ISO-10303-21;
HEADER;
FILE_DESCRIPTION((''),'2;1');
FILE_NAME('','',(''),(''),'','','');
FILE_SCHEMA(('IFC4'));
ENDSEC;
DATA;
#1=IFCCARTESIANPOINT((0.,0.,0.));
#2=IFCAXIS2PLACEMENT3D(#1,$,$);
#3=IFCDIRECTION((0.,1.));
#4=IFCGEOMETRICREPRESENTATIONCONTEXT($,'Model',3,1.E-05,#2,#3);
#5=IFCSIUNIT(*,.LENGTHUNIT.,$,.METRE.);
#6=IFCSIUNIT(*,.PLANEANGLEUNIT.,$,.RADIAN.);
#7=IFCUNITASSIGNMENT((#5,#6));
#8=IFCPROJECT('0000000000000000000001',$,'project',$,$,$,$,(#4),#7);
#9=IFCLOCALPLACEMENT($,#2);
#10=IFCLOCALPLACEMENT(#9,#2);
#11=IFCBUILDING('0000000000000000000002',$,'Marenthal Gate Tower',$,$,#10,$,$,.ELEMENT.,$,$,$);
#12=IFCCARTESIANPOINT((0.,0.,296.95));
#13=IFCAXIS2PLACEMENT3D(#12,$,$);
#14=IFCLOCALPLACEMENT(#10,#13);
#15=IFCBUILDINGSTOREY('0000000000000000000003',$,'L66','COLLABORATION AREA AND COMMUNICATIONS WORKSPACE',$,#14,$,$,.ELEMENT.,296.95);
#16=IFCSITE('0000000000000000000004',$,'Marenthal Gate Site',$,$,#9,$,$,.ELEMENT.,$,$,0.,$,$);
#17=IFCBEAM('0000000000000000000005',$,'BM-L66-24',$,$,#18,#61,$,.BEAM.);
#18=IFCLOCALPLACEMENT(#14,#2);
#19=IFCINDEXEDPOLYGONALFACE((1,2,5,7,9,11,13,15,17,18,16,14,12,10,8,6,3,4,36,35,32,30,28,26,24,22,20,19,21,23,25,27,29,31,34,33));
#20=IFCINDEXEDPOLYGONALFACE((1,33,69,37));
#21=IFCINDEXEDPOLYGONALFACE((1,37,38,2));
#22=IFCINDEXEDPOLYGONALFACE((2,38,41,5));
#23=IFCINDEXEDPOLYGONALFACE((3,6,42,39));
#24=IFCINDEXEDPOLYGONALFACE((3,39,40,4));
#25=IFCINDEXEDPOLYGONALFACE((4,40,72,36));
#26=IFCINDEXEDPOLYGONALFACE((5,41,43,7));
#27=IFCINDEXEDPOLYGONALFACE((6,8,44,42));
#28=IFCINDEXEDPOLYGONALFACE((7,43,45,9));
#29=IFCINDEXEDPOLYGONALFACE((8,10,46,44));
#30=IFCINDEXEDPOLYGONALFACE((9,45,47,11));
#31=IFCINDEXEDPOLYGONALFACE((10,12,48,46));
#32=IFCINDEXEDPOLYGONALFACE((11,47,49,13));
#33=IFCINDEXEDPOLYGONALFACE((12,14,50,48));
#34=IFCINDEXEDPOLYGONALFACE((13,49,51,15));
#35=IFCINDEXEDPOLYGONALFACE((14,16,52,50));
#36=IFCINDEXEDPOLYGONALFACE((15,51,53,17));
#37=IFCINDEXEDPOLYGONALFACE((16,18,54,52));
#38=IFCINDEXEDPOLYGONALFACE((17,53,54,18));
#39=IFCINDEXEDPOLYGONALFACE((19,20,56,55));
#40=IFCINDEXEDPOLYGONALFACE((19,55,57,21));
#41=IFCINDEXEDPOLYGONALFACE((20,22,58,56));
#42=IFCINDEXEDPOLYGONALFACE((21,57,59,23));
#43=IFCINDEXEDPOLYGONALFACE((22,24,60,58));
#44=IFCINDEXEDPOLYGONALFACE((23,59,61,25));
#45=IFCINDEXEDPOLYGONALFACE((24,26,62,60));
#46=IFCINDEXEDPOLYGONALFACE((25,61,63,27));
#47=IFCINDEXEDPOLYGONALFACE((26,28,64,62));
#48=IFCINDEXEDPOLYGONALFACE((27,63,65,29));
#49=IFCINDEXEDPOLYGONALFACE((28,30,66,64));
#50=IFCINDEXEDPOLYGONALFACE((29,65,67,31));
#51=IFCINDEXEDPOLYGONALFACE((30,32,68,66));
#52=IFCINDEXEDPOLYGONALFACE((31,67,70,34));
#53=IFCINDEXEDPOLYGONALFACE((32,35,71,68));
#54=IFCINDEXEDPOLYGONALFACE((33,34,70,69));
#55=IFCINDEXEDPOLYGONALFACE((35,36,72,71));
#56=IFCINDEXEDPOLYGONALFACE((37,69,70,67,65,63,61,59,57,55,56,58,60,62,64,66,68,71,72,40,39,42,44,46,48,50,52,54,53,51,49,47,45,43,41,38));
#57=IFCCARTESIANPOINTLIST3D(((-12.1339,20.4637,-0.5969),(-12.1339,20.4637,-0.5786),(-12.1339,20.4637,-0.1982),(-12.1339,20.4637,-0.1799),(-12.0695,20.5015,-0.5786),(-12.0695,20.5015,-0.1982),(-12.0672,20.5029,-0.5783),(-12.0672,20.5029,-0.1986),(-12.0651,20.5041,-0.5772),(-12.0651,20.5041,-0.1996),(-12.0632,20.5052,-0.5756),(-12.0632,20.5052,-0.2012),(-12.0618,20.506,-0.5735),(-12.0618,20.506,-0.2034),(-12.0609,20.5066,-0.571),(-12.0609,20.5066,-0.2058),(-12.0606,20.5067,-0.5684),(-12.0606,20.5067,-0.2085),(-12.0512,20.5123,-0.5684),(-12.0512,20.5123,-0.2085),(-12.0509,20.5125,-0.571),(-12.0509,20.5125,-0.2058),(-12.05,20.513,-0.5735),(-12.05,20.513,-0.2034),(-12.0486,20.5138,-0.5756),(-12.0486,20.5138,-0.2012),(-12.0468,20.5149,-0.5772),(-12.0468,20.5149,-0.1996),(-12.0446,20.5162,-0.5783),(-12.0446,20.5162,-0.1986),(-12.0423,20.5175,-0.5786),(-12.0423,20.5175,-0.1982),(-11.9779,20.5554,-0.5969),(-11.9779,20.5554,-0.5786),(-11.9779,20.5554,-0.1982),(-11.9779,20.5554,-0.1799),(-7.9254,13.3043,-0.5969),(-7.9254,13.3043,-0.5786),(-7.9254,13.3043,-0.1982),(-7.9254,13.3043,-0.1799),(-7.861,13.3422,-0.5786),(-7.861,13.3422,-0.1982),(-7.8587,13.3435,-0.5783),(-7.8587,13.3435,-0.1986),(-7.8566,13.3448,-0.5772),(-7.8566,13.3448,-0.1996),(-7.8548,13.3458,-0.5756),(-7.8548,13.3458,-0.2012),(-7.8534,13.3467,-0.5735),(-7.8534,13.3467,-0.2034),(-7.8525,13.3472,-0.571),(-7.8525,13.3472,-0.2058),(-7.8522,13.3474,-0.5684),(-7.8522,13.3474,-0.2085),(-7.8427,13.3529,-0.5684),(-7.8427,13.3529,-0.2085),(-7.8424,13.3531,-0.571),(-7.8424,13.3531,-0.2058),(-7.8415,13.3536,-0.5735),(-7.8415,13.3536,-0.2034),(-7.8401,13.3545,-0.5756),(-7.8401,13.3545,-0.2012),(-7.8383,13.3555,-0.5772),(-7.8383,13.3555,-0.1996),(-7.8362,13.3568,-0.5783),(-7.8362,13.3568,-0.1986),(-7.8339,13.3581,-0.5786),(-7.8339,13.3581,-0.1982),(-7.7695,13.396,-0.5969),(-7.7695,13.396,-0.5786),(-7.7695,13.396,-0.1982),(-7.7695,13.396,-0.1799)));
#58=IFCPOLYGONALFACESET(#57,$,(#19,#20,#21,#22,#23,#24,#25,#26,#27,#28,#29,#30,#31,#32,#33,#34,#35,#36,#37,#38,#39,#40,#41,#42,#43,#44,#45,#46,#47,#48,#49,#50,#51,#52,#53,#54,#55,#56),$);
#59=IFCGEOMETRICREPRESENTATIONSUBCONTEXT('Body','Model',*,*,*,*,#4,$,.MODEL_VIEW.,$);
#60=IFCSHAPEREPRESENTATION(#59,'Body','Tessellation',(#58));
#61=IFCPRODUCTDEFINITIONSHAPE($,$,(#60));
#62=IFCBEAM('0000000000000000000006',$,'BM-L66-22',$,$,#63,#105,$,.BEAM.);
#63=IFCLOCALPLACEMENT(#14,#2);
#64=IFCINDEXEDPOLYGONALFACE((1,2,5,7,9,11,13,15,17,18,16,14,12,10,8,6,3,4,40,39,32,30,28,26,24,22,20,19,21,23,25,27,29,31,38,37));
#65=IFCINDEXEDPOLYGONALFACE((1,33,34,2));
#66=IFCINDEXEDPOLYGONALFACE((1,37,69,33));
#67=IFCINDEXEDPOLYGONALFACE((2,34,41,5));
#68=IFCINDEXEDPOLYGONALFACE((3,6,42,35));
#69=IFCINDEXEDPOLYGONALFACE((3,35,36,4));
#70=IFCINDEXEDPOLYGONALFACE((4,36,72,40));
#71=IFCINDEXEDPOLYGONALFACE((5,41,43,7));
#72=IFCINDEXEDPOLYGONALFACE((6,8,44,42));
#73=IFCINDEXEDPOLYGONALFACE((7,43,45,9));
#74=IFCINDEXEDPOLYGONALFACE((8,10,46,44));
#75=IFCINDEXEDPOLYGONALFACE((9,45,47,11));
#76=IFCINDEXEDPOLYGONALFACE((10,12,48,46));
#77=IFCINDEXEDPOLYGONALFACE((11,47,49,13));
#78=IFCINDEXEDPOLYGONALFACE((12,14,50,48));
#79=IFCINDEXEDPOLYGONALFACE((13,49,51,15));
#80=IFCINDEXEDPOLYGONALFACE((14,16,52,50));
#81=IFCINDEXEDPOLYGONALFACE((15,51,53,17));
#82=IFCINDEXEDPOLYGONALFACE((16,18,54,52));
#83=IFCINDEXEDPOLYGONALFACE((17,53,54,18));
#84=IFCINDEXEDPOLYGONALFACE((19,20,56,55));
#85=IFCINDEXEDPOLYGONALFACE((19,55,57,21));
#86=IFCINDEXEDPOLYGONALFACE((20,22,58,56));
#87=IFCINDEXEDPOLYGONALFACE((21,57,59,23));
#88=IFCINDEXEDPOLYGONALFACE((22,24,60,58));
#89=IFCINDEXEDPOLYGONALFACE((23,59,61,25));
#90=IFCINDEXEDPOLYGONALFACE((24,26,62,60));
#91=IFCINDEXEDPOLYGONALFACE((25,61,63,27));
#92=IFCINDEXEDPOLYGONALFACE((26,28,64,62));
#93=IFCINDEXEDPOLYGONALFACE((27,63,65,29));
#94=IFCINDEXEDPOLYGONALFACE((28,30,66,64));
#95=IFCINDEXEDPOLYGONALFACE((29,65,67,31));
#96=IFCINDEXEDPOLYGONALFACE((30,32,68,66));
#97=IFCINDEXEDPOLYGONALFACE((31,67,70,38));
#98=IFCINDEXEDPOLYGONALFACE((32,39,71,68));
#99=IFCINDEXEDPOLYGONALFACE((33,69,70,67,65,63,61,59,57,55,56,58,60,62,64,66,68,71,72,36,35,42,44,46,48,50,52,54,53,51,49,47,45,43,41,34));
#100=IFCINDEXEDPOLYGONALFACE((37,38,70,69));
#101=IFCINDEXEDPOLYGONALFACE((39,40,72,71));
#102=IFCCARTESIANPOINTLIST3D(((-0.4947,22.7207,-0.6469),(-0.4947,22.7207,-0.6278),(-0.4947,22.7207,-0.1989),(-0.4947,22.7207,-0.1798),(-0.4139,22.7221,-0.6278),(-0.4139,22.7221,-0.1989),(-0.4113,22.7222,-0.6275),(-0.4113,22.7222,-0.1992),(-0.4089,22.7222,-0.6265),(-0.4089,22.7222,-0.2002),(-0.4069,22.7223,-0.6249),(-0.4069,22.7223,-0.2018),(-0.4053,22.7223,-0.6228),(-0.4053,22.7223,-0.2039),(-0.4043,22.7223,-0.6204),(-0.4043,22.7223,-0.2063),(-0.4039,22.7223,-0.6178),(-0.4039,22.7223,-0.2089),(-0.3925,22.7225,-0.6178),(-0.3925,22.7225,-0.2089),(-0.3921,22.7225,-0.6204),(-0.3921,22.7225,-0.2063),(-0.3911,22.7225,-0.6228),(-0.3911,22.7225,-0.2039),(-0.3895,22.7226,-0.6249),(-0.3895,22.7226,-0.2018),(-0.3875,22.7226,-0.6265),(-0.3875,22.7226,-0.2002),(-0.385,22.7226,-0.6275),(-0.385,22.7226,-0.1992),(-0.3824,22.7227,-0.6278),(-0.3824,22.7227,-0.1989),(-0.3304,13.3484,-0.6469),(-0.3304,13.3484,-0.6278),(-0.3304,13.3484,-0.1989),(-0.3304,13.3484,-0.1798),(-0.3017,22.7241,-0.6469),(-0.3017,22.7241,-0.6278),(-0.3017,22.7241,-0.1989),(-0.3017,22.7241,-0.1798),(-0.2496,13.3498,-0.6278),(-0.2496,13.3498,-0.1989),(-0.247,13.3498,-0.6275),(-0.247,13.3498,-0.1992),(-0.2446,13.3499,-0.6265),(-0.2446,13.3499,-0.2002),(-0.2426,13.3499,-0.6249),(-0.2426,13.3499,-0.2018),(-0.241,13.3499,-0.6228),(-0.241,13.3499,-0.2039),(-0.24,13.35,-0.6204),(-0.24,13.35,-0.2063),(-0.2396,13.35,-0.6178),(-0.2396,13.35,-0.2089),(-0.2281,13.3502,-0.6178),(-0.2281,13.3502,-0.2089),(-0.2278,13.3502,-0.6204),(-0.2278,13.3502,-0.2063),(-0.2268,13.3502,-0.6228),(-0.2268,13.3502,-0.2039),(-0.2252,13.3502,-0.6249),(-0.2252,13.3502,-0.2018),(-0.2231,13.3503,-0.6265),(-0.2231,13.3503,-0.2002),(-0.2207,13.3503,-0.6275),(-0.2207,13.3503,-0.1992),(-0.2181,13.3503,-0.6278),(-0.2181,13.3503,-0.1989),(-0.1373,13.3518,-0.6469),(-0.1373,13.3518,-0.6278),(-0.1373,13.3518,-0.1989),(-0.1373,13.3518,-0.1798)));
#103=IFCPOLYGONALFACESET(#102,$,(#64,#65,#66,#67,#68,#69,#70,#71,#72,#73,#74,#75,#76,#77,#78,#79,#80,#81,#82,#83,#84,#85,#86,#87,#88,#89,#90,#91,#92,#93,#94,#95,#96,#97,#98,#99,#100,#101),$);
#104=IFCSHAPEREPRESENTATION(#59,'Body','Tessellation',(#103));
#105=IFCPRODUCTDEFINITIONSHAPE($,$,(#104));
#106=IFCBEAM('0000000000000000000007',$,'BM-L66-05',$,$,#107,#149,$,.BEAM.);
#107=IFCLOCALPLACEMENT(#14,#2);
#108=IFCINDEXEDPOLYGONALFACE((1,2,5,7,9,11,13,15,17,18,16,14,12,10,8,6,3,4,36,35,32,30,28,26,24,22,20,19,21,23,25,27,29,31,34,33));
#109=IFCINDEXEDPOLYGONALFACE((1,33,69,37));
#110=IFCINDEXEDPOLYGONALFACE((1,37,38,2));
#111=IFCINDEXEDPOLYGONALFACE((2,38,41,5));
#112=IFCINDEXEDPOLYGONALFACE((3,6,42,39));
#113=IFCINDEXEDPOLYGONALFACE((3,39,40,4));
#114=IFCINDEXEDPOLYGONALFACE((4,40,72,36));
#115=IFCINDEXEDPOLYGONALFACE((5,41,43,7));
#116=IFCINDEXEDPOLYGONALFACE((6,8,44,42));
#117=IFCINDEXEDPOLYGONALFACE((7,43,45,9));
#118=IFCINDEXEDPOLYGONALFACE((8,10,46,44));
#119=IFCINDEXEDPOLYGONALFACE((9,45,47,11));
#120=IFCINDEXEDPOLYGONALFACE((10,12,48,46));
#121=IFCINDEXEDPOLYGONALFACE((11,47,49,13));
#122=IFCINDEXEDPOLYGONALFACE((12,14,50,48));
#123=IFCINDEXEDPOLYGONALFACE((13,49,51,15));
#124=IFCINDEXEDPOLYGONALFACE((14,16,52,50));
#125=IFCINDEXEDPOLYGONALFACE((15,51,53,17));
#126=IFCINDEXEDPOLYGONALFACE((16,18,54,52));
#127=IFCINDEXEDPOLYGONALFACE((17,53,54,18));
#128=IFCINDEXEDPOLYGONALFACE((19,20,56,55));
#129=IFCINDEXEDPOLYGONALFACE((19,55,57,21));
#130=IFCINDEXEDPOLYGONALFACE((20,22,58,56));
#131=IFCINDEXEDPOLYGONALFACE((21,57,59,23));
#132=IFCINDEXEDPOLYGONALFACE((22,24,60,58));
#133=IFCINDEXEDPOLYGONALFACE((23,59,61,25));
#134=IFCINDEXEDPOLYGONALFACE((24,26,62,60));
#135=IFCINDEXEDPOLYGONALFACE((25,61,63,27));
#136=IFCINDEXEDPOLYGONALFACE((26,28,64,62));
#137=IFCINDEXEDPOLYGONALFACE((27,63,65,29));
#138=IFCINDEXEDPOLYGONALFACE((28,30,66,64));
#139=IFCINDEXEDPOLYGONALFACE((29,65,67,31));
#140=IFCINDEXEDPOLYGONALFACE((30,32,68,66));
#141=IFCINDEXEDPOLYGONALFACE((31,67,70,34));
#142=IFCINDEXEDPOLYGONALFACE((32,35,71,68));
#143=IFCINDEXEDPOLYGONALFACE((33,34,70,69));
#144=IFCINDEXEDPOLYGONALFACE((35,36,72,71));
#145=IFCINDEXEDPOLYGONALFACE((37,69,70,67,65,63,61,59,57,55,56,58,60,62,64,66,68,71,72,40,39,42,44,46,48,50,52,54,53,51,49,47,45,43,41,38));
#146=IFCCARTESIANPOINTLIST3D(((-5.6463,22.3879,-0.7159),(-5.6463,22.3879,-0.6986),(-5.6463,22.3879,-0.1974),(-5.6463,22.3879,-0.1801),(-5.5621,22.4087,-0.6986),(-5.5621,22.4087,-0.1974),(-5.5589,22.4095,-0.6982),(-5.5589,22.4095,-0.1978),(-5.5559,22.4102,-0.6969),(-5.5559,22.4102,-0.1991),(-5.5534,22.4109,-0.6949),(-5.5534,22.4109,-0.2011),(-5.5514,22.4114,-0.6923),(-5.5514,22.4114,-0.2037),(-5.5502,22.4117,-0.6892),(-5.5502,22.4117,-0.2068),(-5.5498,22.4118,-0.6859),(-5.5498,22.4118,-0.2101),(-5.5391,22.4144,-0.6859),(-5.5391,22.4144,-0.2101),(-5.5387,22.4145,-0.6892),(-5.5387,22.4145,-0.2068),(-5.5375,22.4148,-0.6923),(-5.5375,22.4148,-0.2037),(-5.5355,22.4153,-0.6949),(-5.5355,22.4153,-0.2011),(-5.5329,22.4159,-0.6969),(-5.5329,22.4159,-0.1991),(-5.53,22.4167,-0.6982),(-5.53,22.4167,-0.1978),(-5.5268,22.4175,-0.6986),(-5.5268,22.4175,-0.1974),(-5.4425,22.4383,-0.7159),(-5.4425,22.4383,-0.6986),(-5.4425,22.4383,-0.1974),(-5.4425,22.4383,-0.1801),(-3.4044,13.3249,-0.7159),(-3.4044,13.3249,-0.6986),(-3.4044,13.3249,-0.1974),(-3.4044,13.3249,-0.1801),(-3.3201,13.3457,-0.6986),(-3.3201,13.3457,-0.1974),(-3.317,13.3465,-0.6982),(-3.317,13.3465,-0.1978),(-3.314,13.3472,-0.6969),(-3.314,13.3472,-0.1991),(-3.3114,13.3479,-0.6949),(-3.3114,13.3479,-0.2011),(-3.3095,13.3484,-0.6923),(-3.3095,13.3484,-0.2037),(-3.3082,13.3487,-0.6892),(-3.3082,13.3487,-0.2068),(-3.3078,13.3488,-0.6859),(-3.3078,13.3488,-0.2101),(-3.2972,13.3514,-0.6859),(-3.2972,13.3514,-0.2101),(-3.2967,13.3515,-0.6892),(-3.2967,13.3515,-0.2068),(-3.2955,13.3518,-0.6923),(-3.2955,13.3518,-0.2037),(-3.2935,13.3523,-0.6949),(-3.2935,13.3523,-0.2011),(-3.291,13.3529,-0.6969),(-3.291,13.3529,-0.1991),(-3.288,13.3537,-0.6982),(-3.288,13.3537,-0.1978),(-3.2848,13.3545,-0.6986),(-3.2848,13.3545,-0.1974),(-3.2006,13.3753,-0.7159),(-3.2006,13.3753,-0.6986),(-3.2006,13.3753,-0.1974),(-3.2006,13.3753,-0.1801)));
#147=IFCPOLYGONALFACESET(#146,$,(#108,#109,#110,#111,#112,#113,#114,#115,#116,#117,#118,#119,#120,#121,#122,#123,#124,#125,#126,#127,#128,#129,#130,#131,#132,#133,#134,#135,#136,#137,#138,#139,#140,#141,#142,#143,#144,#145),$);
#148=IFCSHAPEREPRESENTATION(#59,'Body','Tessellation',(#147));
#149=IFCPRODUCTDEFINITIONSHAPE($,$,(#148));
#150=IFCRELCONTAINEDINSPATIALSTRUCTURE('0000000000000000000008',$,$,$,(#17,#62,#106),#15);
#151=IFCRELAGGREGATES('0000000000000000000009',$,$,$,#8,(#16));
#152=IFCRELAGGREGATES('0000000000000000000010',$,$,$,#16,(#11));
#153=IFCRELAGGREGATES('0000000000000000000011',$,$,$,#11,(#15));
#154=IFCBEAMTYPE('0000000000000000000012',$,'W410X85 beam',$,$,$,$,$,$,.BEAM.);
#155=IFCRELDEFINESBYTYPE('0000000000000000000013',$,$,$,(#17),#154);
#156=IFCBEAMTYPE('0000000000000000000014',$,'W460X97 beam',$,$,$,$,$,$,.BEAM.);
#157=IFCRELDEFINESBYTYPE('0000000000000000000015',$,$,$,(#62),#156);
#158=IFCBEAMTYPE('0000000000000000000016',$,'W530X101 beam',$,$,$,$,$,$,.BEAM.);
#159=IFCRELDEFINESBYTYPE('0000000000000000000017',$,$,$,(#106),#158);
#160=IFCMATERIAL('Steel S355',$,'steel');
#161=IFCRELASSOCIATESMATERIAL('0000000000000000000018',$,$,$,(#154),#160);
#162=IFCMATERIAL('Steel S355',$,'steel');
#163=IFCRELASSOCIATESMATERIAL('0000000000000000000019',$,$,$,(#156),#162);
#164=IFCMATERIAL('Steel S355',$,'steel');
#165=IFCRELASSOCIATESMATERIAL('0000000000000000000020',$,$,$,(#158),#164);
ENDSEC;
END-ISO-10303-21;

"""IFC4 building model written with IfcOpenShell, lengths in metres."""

from ifc_helpers import new_model, si_unit, direction, frame, origin, origin_2d, place, context, subcontext, project, spatial, i_section, extrude, material, material_profile, profile_set, type_object, element, save


model = new_model("IFC4")

# Units and contexts
model_context = context("Model", 3, precision=1e-05, world=origin(), true_north=direction((0.0, 1.0)))
body_context = subcontext(model_context, "Body", "Model", "MODEL_VIEW")
ifc_project = project(units=[si_unit("LENGTHUNIT", "METRE"), si_unit("PLANEANGLEUNIT", "RADIAN")], contexts=[model_context])

# Site, building, storey
site_placement = place(None, origin())
site = spatial("IfcSite", under=ifc_project, at=site_placement, Name="Marenthal Gate Site", CompositionType="ELEMENT", RefElevation=0.0)
building_placement = place(site_placement, origin())
building = spatial("IfcBuilding", under=site, at=building_placement, Name="Marenthal Gate Tower", CompositionType="ELEMENT")
storey_placement = place(building_placement, frame((0.0, 0.0, 296.95)))
storey = spatial("IfcBuildingStorey", under=building, at=storey_placement, Name="L66", Description="COLLABORATION AREA AND COMMUNICATIONS WORKSPACE", CompositionType="ELEMENT", Elevation=296.95)

# Beams
ifc_material_1 = material(Name="Steel S355", Category="steel")
ifc_material_profile_1 = material_profile(ifc_material_1, i_section(OverallWidth=0.1809, OverallDepth=0.417, WebThickness=0.011, FlangeThickness=0.0183, FilletRadius=0.0103, at=origin_2d()), Name="W410X85")
ifc_profile_set_1 = profile_set([ifc_material_profile_1], Name="Steel S355")
beam_type_1 = type_object("IfcBeamType", Name="W410X85 beam", PredefinedType="BEAM", material=ifc_profile_set_1)
beam_1_placement = place(storey_placement, frame((-12.0559, 20.5095, -0.3884), z_axis=(0.506758, -0.862088, 0.0), x_axis=(0.862088, 0.506758, 0.0)))
element("IfcBeam", 1, at=beam_1_placement, inside=storey, type_object=beam_type_1, Name="BM-L66-24", PredefinedType="BEAM", context=body_context, shape_type="SweptSolid", body=[
    extrude(i_section(OverallWidth=0.1809, OverallDepth=0.417, WebThickness=0.011, FlangeThickness=0.0183, FilletRadius=0.0103, at=origin_2d()), origin(), (0.0, 0.0, 1.0), 8.3047),
])
ifc_material_2 = material(Name="Steel S355", Category="steel")
ifc_material_profile_2 = material_profile(ifc_material_2, i_section(OverallWidth=0.1931, OverallDepth=0.467, WebThickness=0.0115, FlangeThickness=0.019, FilletRadius=0.01, at=origin_2d()), Name="W460X97")
ifc_profile_set_2 = profile_set([ifc_material_profile_2], Name="Steel S355")
beam_type_2 = type_object("IfcBeamType", Name="W460X97 beam", PredefinedType="BEAM", material=ifc_profile_set_2)
beam_2_placement = place(storey_placement, frame((-0.3982, 22.7224, -0.4133), z_axis=(0.017528, -0.999846, 0.0), x_axis=(0.999846, 0.017528, 0.0)))
element("IfcBeam", 2, at=beam_2_placement, inside=storey, type_object=beam_type_2, Name="BM-L66-22", PredefinedType="BEAM", context=body_context, shape_type="SweptSolid", body=[
    extrude(i_section(OverallWidth=0.1931, OverallDepth=0.467, WebThickness=0.0115, FlangeThickness=0.019, FilletRadius=0.01, at=origin_2d()), origin(), (0.0, 0.0, 1.0), 9.3738),
])
ifc_material_3 = material(Name="Steel S355", Category="steel")
ifc_material_profile_3 = material_profile(ifc_material_3, i_section(OverallWidth=0.21, OverallDepth=0.5359, WebThickness=0.011, FlangeThickness=0.0173, FilletRadius=0.0127, at=origin_2d()), Name="W530X101")
ifc_profile_set_3 = profile_set([ifc_material_profile_3], Name="Steel S355")
beam_type_3 = type_object("IfcBeamType", Name="W530X101 beam", PredefinedType="BEAM", material=ifc_profile_set_3)
beam_3_placement = place(storey_placement, frame((-5.5444, 22.4131, -0.448), z_axis=(0.240135, -0.970739, 0.0), x_axis=(0.970739, 0.240135, 0.0)))
element("IfcBeam", 3, at=beam_3_placement, inside=storey, type_object=beam_type_3, Name="BM-L66-05", PredefinedType="BEAM", context=body_context, shape_type="SweptSolid", body=[
    extrude(i_section(OverallWidth=0.21, OverallDepth=0.5359, WebThickness=0.011, FlangeThickness=0.0173, FilletRadius=0.0127, at=origin_2d()), origin(), (0.0, 0.0, 1.0), 9.3362),
])

save(model, "model.ifc")
